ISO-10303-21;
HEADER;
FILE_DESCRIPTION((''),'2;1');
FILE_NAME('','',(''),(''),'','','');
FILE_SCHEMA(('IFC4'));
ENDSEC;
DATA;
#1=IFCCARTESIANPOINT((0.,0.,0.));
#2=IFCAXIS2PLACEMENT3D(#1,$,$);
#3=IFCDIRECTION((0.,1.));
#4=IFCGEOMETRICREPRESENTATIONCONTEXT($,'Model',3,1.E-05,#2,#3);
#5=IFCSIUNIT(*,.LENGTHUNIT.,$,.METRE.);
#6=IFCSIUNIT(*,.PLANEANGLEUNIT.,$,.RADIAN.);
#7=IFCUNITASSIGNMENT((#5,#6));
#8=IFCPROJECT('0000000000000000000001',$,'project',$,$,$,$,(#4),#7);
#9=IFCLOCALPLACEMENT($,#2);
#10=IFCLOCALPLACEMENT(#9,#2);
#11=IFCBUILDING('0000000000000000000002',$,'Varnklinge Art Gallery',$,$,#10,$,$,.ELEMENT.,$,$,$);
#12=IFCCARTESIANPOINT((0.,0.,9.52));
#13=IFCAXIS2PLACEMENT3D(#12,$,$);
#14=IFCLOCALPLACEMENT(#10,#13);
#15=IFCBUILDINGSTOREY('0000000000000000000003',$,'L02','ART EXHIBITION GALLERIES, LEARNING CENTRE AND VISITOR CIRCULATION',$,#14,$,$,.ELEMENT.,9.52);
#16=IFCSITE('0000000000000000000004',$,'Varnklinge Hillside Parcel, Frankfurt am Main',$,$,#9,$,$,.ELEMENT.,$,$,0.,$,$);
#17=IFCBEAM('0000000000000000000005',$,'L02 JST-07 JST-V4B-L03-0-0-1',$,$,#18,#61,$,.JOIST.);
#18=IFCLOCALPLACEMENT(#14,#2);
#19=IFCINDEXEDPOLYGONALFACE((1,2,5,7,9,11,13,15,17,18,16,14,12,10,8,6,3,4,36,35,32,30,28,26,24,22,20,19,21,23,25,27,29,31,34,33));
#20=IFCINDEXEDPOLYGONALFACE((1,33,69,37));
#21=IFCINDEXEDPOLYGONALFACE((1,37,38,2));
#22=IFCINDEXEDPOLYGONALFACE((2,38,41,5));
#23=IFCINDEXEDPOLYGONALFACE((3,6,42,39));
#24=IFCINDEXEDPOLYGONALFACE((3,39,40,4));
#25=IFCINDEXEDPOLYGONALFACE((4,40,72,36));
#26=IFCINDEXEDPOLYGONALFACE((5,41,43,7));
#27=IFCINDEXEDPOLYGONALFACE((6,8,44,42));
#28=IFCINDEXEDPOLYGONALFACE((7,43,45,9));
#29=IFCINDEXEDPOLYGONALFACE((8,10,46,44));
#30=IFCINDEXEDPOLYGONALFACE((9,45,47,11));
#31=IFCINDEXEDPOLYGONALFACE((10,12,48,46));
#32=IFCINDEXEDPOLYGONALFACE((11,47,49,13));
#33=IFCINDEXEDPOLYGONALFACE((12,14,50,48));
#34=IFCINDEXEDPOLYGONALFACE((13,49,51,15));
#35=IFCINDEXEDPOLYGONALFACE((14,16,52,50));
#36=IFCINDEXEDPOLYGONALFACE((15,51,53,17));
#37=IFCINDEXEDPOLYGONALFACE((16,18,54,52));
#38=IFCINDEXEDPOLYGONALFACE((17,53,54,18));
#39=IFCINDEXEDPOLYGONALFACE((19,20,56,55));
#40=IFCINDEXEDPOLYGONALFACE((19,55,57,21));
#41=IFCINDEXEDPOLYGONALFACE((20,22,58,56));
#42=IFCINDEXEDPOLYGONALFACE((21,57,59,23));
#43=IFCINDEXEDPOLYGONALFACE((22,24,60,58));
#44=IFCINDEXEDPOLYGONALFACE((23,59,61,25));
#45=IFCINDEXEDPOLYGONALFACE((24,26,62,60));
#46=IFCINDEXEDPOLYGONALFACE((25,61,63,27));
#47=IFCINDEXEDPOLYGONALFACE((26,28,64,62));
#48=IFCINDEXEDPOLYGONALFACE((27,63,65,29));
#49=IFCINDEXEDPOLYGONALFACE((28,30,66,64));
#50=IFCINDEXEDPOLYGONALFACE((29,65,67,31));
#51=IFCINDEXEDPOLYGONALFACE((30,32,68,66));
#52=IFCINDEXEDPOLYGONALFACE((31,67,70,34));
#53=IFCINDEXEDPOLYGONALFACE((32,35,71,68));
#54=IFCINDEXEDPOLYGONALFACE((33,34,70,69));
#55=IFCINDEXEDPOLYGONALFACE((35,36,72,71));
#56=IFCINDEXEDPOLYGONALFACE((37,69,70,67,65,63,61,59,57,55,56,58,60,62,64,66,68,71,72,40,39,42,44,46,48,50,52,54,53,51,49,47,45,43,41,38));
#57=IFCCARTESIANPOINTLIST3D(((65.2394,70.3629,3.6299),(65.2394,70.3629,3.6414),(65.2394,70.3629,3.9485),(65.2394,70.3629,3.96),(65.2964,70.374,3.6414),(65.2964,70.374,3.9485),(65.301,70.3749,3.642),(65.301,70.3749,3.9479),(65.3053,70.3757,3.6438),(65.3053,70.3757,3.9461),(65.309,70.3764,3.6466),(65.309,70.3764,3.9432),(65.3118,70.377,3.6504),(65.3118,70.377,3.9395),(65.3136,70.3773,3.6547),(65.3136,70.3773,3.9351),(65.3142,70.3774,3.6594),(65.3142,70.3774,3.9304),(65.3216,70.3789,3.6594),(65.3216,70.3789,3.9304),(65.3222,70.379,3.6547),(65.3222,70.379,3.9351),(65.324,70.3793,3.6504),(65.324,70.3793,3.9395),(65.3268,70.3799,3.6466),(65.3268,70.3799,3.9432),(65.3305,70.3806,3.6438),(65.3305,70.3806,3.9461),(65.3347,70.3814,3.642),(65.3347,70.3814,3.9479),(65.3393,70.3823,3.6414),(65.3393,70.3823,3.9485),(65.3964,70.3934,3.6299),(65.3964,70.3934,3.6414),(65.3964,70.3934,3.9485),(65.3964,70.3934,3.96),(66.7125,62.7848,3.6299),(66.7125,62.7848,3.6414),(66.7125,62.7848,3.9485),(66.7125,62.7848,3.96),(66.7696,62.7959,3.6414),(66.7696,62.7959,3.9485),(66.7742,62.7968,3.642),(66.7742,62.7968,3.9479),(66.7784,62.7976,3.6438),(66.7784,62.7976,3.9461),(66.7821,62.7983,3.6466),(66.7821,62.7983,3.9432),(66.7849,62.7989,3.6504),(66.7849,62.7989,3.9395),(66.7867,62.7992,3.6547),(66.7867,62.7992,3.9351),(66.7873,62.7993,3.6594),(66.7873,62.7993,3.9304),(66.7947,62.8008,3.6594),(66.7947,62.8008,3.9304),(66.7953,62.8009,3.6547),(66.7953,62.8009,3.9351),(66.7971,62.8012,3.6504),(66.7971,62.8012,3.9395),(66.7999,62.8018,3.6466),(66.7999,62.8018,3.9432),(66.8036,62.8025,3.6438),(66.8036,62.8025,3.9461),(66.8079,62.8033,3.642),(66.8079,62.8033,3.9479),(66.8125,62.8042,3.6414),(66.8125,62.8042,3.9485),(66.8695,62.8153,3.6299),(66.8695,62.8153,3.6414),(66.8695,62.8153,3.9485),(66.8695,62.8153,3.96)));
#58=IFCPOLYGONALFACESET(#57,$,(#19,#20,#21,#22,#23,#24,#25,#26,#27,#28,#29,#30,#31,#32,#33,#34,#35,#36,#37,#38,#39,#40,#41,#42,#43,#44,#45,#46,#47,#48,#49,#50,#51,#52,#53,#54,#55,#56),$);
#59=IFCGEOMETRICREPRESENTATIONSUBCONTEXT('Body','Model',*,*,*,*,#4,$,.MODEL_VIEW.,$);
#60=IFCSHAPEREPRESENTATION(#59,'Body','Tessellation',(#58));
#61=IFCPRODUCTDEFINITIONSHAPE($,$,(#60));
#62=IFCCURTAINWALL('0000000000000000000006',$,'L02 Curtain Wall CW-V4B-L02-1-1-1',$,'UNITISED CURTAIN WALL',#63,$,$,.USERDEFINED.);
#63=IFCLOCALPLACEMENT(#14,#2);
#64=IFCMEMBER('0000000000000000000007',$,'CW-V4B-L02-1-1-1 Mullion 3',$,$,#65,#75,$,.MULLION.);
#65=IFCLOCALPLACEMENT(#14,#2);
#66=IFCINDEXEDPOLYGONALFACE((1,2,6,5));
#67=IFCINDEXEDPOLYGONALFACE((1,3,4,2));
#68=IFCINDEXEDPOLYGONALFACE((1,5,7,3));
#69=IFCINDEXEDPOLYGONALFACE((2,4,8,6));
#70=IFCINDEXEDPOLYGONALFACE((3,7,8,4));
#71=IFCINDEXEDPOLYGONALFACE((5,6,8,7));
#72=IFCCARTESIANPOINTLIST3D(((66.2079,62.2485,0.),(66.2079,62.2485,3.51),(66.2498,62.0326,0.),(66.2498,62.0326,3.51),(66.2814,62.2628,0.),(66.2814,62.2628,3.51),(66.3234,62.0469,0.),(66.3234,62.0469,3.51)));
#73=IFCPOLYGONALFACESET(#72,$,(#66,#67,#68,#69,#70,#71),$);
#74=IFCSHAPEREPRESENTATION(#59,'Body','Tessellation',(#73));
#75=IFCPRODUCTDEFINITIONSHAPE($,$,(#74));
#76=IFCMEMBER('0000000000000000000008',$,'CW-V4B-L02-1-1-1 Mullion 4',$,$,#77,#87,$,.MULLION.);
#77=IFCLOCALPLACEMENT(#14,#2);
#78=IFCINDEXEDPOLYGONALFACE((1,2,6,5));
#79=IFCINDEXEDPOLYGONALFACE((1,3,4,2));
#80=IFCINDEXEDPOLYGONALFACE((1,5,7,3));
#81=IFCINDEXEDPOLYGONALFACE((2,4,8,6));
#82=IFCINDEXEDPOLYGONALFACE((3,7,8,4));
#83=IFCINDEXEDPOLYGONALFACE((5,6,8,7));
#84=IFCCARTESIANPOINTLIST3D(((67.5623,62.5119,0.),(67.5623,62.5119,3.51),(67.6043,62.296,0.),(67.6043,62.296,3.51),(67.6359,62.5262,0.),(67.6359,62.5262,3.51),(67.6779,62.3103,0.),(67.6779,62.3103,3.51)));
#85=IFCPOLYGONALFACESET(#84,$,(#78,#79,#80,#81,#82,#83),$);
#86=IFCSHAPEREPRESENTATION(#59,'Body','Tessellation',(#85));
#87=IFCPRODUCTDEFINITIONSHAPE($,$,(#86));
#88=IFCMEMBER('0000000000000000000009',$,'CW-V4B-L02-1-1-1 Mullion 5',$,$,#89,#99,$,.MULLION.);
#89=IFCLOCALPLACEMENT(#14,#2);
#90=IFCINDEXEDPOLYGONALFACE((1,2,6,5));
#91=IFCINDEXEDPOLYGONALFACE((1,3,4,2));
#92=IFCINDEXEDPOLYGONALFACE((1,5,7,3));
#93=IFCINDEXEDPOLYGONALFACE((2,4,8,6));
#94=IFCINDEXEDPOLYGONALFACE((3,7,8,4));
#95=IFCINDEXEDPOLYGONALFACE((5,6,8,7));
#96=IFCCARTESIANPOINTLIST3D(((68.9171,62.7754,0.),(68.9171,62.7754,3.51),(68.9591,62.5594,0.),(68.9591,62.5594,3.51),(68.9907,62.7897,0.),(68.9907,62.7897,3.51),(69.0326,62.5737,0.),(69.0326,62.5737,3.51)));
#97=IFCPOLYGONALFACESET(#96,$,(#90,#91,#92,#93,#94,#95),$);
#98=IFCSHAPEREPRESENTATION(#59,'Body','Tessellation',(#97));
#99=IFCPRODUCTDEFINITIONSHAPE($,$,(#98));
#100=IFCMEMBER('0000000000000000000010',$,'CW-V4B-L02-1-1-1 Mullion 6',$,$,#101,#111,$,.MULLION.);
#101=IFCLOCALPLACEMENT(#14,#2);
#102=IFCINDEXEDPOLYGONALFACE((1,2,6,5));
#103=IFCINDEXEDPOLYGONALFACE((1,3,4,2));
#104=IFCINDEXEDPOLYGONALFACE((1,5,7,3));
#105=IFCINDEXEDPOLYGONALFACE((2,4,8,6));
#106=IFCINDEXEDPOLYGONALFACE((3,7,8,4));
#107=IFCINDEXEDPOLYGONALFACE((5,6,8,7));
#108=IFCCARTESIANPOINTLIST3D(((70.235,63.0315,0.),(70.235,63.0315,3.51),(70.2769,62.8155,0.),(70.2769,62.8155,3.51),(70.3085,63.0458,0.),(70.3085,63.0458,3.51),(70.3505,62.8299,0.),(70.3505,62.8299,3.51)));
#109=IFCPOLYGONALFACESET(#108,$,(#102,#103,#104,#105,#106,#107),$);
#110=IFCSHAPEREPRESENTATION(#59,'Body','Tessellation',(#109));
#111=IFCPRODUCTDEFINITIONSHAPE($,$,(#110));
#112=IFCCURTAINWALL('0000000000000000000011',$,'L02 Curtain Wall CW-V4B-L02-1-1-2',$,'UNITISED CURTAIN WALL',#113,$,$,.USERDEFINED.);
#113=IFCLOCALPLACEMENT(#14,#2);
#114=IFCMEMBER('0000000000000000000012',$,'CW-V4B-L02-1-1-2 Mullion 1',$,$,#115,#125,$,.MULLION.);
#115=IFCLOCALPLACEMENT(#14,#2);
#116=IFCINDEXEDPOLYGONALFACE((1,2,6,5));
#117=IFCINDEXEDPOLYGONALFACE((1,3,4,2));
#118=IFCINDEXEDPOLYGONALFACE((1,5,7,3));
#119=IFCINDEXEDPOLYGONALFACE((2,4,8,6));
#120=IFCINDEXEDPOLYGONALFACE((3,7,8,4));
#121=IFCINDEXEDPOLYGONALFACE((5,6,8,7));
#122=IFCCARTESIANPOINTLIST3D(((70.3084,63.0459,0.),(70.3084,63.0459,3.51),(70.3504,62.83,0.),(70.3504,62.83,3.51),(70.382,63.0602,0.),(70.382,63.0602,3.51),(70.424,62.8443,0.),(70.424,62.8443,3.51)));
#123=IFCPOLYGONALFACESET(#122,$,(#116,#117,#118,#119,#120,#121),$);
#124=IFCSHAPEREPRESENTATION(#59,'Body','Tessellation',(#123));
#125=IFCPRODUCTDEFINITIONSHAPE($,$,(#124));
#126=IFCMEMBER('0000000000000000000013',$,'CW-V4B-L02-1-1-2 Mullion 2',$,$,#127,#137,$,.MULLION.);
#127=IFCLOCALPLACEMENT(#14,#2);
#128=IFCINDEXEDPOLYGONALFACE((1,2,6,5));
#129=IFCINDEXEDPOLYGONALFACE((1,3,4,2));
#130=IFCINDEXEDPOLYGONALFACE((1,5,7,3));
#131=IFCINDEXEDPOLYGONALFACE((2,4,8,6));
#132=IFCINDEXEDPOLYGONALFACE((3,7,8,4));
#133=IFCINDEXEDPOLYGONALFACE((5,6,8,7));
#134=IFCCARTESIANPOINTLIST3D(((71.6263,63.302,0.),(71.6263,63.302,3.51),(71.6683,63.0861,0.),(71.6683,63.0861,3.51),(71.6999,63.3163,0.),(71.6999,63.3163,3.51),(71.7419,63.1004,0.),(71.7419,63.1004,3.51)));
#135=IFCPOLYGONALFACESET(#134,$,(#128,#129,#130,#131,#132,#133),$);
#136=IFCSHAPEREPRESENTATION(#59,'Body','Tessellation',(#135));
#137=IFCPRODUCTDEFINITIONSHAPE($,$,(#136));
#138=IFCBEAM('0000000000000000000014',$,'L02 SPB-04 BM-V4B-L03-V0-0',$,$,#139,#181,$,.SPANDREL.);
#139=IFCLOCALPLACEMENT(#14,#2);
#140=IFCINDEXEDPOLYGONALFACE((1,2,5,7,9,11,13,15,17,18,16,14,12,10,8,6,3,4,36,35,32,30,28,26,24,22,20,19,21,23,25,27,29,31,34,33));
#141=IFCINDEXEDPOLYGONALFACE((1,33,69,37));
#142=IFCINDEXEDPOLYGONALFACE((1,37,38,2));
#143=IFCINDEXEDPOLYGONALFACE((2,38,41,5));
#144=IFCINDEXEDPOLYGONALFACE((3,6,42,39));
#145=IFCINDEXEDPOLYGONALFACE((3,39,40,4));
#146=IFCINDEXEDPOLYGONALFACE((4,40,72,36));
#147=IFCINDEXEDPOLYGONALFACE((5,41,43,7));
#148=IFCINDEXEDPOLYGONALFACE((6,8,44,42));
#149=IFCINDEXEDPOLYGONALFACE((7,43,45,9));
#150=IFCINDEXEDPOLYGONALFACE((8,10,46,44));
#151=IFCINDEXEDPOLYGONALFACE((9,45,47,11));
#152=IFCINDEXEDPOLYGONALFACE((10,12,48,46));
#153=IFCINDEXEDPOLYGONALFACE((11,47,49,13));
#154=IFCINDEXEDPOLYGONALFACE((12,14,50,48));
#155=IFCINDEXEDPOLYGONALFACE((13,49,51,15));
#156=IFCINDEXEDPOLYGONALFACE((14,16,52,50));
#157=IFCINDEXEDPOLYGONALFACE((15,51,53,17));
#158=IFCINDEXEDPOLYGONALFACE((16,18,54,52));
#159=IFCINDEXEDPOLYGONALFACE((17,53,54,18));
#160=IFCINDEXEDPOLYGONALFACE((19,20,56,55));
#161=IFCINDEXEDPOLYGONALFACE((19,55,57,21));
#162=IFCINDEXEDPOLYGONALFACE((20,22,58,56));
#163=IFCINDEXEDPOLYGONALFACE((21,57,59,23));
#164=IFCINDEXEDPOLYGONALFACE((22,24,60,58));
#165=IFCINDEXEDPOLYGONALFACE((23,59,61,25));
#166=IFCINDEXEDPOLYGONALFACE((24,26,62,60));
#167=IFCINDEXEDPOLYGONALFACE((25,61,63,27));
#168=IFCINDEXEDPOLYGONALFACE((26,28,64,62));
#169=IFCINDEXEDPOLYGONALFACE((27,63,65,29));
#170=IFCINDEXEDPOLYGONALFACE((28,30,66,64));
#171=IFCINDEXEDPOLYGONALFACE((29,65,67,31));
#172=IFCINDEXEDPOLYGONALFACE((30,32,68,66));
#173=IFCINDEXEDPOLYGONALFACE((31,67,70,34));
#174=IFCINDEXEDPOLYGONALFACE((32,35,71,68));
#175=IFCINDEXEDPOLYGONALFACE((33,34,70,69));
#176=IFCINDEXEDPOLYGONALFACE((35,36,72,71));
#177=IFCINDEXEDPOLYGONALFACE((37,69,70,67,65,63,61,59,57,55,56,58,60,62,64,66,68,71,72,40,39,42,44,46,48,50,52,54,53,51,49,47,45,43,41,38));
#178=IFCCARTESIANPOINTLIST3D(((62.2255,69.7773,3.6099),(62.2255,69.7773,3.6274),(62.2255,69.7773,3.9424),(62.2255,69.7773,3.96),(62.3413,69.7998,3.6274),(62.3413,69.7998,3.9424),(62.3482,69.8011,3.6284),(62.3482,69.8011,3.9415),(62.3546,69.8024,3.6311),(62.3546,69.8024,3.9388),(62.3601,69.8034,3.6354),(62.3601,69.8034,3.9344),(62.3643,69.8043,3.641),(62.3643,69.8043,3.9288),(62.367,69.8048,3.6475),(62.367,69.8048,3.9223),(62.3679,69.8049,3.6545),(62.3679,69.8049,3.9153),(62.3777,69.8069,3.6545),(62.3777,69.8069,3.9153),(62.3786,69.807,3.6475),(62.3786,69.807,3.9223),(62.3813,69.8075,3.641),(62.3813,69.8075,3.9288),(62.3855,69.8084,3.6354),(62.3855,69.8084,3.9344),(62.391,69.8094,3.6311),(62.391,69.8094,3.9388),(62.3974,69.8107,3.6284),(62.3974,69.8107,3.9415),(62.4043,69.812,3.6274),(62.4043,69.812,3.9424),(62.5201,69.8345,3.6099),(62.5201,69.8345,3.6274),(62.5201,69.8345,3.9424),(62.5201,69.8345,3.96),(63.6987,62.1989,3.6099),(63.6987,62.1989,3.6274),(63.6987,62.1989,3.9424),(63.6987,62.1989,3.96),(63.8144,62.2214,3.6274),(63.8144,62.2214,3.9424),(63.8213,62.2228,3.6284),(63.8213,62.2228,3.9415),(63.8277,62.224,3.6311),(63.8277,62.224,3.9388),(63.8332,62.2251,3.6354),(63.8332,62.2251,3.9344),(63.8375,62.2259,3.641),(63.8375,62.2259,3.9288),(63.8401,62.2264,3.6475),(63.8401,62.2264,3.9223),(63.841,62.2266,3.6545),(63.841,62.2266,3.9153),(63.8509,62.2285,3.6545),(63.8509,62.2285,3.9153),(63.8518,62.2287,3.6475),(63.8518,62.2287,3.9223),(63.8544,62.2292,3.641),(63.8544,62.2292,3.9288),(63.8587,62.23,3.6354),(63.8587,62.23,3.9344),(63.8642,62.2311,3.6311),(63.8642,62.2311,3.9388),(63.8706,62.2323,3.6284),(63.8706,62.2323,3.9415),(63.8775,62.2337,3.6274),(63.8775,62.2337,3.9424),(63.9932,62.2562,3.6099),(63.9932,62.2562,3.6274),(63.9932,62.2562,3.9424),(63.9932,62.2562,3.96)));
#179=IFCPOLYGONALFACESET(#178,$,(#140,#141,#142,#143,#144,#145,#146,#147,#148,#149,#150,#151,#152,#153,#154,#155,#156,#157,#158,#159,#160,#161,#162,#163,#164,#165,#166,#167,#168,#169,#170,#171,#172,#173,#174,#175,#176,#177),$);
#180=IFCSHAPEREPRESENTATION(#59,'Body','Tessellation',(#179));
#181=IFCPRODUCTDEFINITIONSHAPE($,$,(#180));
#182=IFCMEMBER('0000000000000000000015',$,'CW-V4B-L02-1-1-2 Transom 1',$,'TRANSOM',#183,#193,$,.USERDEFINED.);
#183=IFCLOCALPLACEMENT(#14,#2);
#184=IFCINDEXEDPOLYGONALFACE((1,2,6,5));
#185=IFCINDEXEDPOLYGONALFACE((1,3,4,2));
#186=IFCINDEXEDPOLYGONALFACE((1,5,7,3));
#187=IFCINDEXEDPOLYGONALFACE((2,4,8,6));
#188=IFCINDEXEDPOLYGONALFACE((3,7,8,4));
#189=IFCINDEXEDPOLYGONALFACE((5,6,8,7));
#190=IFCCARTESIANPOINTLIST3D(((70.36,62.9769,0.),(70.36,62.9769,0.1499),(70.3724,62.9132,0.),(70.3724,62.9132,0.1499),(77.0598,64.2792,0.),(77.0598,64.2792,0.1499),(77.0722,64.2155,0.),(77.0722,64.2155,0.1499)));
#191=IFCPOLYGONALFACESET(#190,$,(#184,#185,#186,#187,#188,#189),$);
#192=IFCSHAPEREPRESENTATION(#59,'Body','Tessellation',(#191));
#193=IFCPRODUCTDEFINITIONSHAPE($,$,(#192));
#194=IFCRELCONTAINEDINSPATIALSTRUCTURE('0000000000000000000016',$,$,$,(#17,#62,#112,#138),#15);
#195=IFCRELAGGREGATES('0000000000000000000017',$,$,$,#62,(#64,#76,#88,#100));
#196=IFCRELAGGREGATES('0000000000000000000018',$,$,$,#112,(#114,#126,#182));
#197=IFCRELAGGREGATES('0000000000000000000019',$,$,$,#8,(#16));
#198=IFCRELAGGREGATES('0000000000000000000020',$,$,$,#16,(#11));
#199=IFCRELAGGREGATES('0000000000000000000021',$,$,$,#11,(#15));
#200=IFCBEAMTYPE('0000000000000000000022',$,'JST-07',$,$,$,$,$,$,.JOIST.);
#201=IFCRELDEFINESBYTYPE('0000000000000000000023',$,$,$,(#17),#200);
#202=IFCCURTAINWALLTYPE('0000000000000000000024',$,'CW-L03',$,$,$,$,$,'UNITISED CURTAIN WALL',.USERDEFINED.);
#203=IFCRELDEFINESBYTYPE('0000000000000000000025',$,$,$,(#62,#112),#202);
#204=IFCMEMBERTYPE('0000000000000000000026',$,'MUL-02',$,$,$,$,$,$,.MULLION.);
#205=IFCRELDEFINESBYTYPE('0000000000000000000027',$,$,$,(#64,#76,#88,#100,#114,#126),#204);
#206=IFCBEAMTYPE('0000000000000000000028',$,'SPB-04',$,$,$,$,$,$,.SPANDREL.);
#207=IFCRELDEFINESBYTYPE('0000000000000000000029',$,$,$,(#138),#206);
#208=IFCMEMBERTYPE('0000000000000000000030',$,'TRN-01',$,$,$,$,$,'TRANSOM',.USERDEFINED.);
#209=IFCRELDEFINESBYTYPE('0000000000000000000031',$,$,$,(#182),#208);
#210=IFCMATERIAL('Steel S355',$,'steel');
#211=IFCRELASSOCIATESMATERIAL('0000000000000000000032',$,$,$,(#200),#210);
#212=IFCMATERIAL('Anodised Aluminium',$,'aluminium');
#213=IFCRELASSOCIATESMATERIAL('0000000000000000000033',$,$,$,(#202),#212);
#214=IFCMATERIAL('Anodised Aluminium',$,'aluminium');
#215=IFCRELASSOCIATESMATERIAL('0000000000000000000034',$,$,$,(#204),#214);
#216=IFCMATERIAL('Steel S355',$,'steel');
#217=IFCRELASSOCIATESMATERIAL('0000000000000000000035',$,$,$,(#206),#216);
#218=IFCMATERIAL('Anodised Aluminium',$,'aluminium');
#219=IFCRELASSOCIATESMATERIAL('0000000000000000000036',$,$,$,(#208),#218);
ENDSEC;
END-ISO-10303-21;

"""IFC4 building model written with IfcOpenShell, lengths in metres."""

from ifc_helpers import new_model, si_unit, direction, frame, origin, origin_2d, place, context, subcontext, project, spatial, rectangle, i_section, extrude, material, material_profile, profile_set, type_object, element, aggregate, save


model = new_model("IFC4")

# Units and contexts
model_context = context("Model", 3, precision=1e-05, world=origin(), true_north=direction((0.0, 1.0)))
body_context = subcontext(model_context, "Body", "Model", "MODEL_VIEW")
ifc_project = project(units=[si_unit("LENGTHUNIT", "METRE"), si_unit("PLANEANGLEUNIT", "RADIAN")], contexts=[model_context])

# Site, building, storey
site_placement = place(None, origin())
site = spatial("IfcSite", under=ifc_project, at=site_placement, Name="Varnklinge Hillside Parcel, Frankfurt am Main", CompositionType="ELEMENT", RefElevation=0.0)
building_placement = place(site_placement, origin())
building = spatial("IfcBuilding", under=site, at=building_placement, Name="Varnklinge Art Gallery", CompositionType="ELEMENT")
storey_placement = place(building_placement, frame((0.0, 0.0, 9.52)))
storey = spatial("IfcBuildingStorey", under=building, at=storey_placement, Name="L02", Description="ART EXHIBITION GALLERIES, LEARNING CENTRE AND VISITOR CIRCULATION", CompositionType="ELEMENT", Elevation=9.52)

# Beam
ifc_material_1 = material(Name="Steel S355", Category="steel")
ifc_material_profile_1 = material_profile(ifc_material_1, i_section(OverallWidth=0.1599, OverallDepth=0.3301, WebThickness=0.0076, FlangeThickness=0.0115, FilletRadius=0.0181, at=origin_2d()), Name="IPE 330")
ifc_profile_set_1 = profile_set([ifc_material_profile_1], Name="Steel S355")
beam_type_1 = type_object("IfcBeamType", Name="JST-07", PredefinedType="JOIST", material=ifc_profile_set_1)
beam_1_placement = place(storey_placement, frame((66.791, 62.8, 3.7949), z_axis=(-0.190822, 0.981625, 0.0), x_axis=(-0.981625, -0.190822, 0.0)))
element("IfcBeam", 1, at=beam_1_placement, inside=storey, type_object=beam_type_1, Name="L02 JST-07 JST-V4B-L03-0-0-1", PredefinedType="JOIST", context=body_context, shape_type="SweptSolid", body=[
    extrude(i_section(OverallWidth=0.1599, OverallDepth=0.3301, WebThickness=0.0076, FlangeThickness=0.0115, FilletRadius=0.0181, at=origin_2d()), origin(), (0.0, 0.0, 1.0), 7.72),
])

# Curtain walls, members
ifc_material_2 = material(Name="Anodised Aluminium", Category="aluminium")
curtain_wall_type_1 = type_object("IfcCurtainWallType", Name="CW-L03", ElementType="UNITISED CURTAIN WALL", PredefinedType="USERDEFINED", material=ifc_material_2)
curtain_wall_1_placement = place(storey_placement, origin())
curtain_wall_1 = element("IfcCurtainWall", 2, at=curtain_wall_1_placement, inside=storey, type_object=curtain_wall_type_1, Name="L02 Curtain Wall CW-V4B-L02-1-1-1", ObjectType="UNITISED CURTAIN WALL", PredefinedType="USERDEFINED")
ifc_material_3 = material(Name="Anodised Aluminium", Category="aluminium")
ifc_material_profile_2 = material_profile(ifc_material_3, rectangle(XDim=0.075, YDim=0.22, at=origin_2d()), Name="ALU 75x220")
ifc_profile_set_2 = profile_set([ifc_material_profile_2], Name="Anodised Aluminium")
member_type_1 = type_object("IfcMemberType", Name="MUL-02", PredefinedType="MULLION", material=ifc_profile_set_2)
member_1_placement = place(storey_placement, frame((66.2656, 62.1477, 0.0), z_axis=(0.0, 0.0, 1.0), x_axis=(0.981627, 0.190809, 0.0)))
member_1 = element("IfcMember", 3, at=member_1_placement, type_object=member_type_1, Name="CW-V4B-L02-1-1-1 Mullion 3", PredefinedType="MULLION", context=body_context, shape_type="SweptSolid", body=[
    extrude(rectangle(XDim=0.075, YDim=0.22, at=origin_2d()), origin(), (0.0, 0.0, 1.0), 3.51),
])
member_2_placement = place(storey_placement, frame((67.6201, 62.4111, 0.0), z_axis=(0.0, 0.0, 1.0), x_axis=(0.981627, 0.190809, 0.0)))
member_2 = element("IfcMember", 4, at=member_2_placement, type_object=member_type_1, Name="CW-V4B-L02-1-1-1 Mullion 4", PredefinedType="MULLION", context=body_context, shape_type="SweptSolid", body=[
    extrude(rectangle(XDim=0.075, YDim=0.22, at=origin_2d()), origin(), (0.0, 0.0, 1.0), 3.51),
])
member_3_placement = place(storey_placement, frame((68.9749, 62.6746, 0.0), z_axis=(0.0, 0.0, 1.0), x_axis=(0.981627, 0.190809, 0.0)))
member_3 = element("IfcMember", 5, at=member_3_placement, type_object=member_type_1, Name="CW-V4B-L02-1-1-1 Mullion 5", PredefinedType="MULLION", context=body_context, shape_type="SweptSolid", body=[
    extrude(rectangle(XDim=0.075, YDim=0.22, at=origin_2d()), origin(), (0.0, 0.0, 1.0), 3.51),
])
member_4_placement = place(storey_placement, frame((70.2927, 62.9307, 0.0), z_axis=(0.0, 0.0, 1.0), x_axis=(0.981627, 0.190809, 0.0)))
member_4 = element("IfcMember", 6, at=member_4_placement, type_object=member_type_1, Name="CW-V4B-L02-1-1-1 Mullion 6", PredefinedType="MULLION", context=body_context, shape_type="SweptSolid", body=[
    extrude(rectangle(XDim=0.075, YDim=0.22, at=origin_2d()), origin(), (0.0, 0.0, 1.0), 3.51),
])
curtain_wall_2_placement = place(storey_placement, origin())
curtain_wall_2 = element("IfcCurtainWall", 7, at=curtain_wall_2_placement, inside=storey, type_object=curtain_wall_type_1, Name="L02 Curtain Wall CW-V4B-L02-1-1-2", ObjectType="UNITISED CURTAIN WALL", PredefinedType="USERDEFINED")
member_5_placement = place(storey_placement, frame((70.3662, 62.9451, 0.0), z_axis=(0.0, 0.0, 1.0), x_axis=(0.981627, 0.190809, 0.0)))
member_5 = element("IfcMember", 8, at=member_5_placement, type_object=member_type_1, Name="CW-V4B-L02-1-1-2 Mullion 1", PredefinedType="MULLION", context=body_context, shape_type="SweptSolid", body=[
    extrude(rectangle(XDim=0.075, YDim=0.22, at=origin_2d()), origin(), (0.0, 0.0, 1.0), 3.51),
])
member_6_placement = place(storey_placement, frame((71.6841, 63.2012, 0.0), z_axis=(0.0, 0.0, 1.0), x_axis=(0.981627, 0.190809, 0.0)))
member_6 = element("IfcMember", 9, at=member_6_placement, type_object=member_type_1, Name="CW-V4B-L02-1-1-2 Mullion 2", PredefinedType="MULLION", context=body_context, shape_type="SweptSolid", body=[
    extrude(rectangle(XDim=0.075, YDim=0.22, at=origin_2d()), origin(), (0.0, 0.0, 1.0), 3.51),
])

# Beam
ifc_material_4 = material(Name="Steel S355", Category="steel")
ifc_material_profile_3 = material_profile(ifc_material_4, i_section(OverallWidth=0.3, OverallDepth=0.3501, WebThickness=0.01, FlangeThickness=0.0176, FilletRadius=0.0271, at=origin_2d()), Name="HEA 360")
ifc_profile_set_3 = profile_set([ifc_material_profile_3], Name="Steel S355")
beam_type_2 = type_object("IfcBeamType", Name="SPB-04", PredefinedType="SPANDREL", material=ifc_profile_set_3)
beam_2_placement = place(storey_placement, frame((63.8459, 62.2275, 3.7849), z_axis=(-0.190816, 0.981626, 0.0), x_axis=(-0.981626, -0.190816, 0.0)))
element("IfcBeam", 10, at=beam_2_placement, inside=storey, type_object=beam_type_2, Name="L02 SPB-04 BM-V4B-L03-V0-0", PredefinedType="SPANDREL", context=body_context, shape_type="SweptSolid", body=[
    extrude(i_section(OverallWidth=0.3, OverallDepth=0.3501, WebThickness=0.01, FlangeThickness=0.0176, FilletRadius=0.0271, at=origin_2d()), origin(), (0.0, 0.0, 1.0), 7.7202),
])

# Member
ifc_material_5 = material(Name="Anodised Aluminium", Category="aluminium")
ifc_material_profile_4 = material_profile(ifc_material_5, rectangle(XDim=0.0649, YDim=0.1499, at=origin_2d()), Name="ALU 65x150")
ifc_profile_set_4 = profile_set([ifc_material_profile_4], Name="Anodised Aluminium")
member_type_2 = type_object("IfcMemberType", Name="TRN-01", ElementType="TRANSOM", PredefinedType="USERDEFINED", material=ifc_profile_set_4)
member_7_placement = place(storey_placement, frame((70.3662, 62.9451, 0.075), z_axis=(0.981628, 0.190803, 0.0), x_axis=(-0.190803, 0.981628, 0.0)))
member_7 = element("IfcMember", 11, at=member_7_placement, type_object=member_type_2, Name="CW-V4B-L02-1-1-2 Transom 1", ObjectType="TRANSOM", PredefinedType="USERDEFINED", context=body_context, shape_type="SweptSolid", body=[
    extrude(rectangle(XDim=0.0649, YDim=0.1499, at=origin_2d()), origin(), (0.0, 0.0, 1.0), 6.8252),
])

aggregate(curtain_wall_1, [member_1, member_2, member_3, member_4])
aggregate(curtain_wall_2, [member_5, member_6, member_7])

save(model, "model.ifc")
